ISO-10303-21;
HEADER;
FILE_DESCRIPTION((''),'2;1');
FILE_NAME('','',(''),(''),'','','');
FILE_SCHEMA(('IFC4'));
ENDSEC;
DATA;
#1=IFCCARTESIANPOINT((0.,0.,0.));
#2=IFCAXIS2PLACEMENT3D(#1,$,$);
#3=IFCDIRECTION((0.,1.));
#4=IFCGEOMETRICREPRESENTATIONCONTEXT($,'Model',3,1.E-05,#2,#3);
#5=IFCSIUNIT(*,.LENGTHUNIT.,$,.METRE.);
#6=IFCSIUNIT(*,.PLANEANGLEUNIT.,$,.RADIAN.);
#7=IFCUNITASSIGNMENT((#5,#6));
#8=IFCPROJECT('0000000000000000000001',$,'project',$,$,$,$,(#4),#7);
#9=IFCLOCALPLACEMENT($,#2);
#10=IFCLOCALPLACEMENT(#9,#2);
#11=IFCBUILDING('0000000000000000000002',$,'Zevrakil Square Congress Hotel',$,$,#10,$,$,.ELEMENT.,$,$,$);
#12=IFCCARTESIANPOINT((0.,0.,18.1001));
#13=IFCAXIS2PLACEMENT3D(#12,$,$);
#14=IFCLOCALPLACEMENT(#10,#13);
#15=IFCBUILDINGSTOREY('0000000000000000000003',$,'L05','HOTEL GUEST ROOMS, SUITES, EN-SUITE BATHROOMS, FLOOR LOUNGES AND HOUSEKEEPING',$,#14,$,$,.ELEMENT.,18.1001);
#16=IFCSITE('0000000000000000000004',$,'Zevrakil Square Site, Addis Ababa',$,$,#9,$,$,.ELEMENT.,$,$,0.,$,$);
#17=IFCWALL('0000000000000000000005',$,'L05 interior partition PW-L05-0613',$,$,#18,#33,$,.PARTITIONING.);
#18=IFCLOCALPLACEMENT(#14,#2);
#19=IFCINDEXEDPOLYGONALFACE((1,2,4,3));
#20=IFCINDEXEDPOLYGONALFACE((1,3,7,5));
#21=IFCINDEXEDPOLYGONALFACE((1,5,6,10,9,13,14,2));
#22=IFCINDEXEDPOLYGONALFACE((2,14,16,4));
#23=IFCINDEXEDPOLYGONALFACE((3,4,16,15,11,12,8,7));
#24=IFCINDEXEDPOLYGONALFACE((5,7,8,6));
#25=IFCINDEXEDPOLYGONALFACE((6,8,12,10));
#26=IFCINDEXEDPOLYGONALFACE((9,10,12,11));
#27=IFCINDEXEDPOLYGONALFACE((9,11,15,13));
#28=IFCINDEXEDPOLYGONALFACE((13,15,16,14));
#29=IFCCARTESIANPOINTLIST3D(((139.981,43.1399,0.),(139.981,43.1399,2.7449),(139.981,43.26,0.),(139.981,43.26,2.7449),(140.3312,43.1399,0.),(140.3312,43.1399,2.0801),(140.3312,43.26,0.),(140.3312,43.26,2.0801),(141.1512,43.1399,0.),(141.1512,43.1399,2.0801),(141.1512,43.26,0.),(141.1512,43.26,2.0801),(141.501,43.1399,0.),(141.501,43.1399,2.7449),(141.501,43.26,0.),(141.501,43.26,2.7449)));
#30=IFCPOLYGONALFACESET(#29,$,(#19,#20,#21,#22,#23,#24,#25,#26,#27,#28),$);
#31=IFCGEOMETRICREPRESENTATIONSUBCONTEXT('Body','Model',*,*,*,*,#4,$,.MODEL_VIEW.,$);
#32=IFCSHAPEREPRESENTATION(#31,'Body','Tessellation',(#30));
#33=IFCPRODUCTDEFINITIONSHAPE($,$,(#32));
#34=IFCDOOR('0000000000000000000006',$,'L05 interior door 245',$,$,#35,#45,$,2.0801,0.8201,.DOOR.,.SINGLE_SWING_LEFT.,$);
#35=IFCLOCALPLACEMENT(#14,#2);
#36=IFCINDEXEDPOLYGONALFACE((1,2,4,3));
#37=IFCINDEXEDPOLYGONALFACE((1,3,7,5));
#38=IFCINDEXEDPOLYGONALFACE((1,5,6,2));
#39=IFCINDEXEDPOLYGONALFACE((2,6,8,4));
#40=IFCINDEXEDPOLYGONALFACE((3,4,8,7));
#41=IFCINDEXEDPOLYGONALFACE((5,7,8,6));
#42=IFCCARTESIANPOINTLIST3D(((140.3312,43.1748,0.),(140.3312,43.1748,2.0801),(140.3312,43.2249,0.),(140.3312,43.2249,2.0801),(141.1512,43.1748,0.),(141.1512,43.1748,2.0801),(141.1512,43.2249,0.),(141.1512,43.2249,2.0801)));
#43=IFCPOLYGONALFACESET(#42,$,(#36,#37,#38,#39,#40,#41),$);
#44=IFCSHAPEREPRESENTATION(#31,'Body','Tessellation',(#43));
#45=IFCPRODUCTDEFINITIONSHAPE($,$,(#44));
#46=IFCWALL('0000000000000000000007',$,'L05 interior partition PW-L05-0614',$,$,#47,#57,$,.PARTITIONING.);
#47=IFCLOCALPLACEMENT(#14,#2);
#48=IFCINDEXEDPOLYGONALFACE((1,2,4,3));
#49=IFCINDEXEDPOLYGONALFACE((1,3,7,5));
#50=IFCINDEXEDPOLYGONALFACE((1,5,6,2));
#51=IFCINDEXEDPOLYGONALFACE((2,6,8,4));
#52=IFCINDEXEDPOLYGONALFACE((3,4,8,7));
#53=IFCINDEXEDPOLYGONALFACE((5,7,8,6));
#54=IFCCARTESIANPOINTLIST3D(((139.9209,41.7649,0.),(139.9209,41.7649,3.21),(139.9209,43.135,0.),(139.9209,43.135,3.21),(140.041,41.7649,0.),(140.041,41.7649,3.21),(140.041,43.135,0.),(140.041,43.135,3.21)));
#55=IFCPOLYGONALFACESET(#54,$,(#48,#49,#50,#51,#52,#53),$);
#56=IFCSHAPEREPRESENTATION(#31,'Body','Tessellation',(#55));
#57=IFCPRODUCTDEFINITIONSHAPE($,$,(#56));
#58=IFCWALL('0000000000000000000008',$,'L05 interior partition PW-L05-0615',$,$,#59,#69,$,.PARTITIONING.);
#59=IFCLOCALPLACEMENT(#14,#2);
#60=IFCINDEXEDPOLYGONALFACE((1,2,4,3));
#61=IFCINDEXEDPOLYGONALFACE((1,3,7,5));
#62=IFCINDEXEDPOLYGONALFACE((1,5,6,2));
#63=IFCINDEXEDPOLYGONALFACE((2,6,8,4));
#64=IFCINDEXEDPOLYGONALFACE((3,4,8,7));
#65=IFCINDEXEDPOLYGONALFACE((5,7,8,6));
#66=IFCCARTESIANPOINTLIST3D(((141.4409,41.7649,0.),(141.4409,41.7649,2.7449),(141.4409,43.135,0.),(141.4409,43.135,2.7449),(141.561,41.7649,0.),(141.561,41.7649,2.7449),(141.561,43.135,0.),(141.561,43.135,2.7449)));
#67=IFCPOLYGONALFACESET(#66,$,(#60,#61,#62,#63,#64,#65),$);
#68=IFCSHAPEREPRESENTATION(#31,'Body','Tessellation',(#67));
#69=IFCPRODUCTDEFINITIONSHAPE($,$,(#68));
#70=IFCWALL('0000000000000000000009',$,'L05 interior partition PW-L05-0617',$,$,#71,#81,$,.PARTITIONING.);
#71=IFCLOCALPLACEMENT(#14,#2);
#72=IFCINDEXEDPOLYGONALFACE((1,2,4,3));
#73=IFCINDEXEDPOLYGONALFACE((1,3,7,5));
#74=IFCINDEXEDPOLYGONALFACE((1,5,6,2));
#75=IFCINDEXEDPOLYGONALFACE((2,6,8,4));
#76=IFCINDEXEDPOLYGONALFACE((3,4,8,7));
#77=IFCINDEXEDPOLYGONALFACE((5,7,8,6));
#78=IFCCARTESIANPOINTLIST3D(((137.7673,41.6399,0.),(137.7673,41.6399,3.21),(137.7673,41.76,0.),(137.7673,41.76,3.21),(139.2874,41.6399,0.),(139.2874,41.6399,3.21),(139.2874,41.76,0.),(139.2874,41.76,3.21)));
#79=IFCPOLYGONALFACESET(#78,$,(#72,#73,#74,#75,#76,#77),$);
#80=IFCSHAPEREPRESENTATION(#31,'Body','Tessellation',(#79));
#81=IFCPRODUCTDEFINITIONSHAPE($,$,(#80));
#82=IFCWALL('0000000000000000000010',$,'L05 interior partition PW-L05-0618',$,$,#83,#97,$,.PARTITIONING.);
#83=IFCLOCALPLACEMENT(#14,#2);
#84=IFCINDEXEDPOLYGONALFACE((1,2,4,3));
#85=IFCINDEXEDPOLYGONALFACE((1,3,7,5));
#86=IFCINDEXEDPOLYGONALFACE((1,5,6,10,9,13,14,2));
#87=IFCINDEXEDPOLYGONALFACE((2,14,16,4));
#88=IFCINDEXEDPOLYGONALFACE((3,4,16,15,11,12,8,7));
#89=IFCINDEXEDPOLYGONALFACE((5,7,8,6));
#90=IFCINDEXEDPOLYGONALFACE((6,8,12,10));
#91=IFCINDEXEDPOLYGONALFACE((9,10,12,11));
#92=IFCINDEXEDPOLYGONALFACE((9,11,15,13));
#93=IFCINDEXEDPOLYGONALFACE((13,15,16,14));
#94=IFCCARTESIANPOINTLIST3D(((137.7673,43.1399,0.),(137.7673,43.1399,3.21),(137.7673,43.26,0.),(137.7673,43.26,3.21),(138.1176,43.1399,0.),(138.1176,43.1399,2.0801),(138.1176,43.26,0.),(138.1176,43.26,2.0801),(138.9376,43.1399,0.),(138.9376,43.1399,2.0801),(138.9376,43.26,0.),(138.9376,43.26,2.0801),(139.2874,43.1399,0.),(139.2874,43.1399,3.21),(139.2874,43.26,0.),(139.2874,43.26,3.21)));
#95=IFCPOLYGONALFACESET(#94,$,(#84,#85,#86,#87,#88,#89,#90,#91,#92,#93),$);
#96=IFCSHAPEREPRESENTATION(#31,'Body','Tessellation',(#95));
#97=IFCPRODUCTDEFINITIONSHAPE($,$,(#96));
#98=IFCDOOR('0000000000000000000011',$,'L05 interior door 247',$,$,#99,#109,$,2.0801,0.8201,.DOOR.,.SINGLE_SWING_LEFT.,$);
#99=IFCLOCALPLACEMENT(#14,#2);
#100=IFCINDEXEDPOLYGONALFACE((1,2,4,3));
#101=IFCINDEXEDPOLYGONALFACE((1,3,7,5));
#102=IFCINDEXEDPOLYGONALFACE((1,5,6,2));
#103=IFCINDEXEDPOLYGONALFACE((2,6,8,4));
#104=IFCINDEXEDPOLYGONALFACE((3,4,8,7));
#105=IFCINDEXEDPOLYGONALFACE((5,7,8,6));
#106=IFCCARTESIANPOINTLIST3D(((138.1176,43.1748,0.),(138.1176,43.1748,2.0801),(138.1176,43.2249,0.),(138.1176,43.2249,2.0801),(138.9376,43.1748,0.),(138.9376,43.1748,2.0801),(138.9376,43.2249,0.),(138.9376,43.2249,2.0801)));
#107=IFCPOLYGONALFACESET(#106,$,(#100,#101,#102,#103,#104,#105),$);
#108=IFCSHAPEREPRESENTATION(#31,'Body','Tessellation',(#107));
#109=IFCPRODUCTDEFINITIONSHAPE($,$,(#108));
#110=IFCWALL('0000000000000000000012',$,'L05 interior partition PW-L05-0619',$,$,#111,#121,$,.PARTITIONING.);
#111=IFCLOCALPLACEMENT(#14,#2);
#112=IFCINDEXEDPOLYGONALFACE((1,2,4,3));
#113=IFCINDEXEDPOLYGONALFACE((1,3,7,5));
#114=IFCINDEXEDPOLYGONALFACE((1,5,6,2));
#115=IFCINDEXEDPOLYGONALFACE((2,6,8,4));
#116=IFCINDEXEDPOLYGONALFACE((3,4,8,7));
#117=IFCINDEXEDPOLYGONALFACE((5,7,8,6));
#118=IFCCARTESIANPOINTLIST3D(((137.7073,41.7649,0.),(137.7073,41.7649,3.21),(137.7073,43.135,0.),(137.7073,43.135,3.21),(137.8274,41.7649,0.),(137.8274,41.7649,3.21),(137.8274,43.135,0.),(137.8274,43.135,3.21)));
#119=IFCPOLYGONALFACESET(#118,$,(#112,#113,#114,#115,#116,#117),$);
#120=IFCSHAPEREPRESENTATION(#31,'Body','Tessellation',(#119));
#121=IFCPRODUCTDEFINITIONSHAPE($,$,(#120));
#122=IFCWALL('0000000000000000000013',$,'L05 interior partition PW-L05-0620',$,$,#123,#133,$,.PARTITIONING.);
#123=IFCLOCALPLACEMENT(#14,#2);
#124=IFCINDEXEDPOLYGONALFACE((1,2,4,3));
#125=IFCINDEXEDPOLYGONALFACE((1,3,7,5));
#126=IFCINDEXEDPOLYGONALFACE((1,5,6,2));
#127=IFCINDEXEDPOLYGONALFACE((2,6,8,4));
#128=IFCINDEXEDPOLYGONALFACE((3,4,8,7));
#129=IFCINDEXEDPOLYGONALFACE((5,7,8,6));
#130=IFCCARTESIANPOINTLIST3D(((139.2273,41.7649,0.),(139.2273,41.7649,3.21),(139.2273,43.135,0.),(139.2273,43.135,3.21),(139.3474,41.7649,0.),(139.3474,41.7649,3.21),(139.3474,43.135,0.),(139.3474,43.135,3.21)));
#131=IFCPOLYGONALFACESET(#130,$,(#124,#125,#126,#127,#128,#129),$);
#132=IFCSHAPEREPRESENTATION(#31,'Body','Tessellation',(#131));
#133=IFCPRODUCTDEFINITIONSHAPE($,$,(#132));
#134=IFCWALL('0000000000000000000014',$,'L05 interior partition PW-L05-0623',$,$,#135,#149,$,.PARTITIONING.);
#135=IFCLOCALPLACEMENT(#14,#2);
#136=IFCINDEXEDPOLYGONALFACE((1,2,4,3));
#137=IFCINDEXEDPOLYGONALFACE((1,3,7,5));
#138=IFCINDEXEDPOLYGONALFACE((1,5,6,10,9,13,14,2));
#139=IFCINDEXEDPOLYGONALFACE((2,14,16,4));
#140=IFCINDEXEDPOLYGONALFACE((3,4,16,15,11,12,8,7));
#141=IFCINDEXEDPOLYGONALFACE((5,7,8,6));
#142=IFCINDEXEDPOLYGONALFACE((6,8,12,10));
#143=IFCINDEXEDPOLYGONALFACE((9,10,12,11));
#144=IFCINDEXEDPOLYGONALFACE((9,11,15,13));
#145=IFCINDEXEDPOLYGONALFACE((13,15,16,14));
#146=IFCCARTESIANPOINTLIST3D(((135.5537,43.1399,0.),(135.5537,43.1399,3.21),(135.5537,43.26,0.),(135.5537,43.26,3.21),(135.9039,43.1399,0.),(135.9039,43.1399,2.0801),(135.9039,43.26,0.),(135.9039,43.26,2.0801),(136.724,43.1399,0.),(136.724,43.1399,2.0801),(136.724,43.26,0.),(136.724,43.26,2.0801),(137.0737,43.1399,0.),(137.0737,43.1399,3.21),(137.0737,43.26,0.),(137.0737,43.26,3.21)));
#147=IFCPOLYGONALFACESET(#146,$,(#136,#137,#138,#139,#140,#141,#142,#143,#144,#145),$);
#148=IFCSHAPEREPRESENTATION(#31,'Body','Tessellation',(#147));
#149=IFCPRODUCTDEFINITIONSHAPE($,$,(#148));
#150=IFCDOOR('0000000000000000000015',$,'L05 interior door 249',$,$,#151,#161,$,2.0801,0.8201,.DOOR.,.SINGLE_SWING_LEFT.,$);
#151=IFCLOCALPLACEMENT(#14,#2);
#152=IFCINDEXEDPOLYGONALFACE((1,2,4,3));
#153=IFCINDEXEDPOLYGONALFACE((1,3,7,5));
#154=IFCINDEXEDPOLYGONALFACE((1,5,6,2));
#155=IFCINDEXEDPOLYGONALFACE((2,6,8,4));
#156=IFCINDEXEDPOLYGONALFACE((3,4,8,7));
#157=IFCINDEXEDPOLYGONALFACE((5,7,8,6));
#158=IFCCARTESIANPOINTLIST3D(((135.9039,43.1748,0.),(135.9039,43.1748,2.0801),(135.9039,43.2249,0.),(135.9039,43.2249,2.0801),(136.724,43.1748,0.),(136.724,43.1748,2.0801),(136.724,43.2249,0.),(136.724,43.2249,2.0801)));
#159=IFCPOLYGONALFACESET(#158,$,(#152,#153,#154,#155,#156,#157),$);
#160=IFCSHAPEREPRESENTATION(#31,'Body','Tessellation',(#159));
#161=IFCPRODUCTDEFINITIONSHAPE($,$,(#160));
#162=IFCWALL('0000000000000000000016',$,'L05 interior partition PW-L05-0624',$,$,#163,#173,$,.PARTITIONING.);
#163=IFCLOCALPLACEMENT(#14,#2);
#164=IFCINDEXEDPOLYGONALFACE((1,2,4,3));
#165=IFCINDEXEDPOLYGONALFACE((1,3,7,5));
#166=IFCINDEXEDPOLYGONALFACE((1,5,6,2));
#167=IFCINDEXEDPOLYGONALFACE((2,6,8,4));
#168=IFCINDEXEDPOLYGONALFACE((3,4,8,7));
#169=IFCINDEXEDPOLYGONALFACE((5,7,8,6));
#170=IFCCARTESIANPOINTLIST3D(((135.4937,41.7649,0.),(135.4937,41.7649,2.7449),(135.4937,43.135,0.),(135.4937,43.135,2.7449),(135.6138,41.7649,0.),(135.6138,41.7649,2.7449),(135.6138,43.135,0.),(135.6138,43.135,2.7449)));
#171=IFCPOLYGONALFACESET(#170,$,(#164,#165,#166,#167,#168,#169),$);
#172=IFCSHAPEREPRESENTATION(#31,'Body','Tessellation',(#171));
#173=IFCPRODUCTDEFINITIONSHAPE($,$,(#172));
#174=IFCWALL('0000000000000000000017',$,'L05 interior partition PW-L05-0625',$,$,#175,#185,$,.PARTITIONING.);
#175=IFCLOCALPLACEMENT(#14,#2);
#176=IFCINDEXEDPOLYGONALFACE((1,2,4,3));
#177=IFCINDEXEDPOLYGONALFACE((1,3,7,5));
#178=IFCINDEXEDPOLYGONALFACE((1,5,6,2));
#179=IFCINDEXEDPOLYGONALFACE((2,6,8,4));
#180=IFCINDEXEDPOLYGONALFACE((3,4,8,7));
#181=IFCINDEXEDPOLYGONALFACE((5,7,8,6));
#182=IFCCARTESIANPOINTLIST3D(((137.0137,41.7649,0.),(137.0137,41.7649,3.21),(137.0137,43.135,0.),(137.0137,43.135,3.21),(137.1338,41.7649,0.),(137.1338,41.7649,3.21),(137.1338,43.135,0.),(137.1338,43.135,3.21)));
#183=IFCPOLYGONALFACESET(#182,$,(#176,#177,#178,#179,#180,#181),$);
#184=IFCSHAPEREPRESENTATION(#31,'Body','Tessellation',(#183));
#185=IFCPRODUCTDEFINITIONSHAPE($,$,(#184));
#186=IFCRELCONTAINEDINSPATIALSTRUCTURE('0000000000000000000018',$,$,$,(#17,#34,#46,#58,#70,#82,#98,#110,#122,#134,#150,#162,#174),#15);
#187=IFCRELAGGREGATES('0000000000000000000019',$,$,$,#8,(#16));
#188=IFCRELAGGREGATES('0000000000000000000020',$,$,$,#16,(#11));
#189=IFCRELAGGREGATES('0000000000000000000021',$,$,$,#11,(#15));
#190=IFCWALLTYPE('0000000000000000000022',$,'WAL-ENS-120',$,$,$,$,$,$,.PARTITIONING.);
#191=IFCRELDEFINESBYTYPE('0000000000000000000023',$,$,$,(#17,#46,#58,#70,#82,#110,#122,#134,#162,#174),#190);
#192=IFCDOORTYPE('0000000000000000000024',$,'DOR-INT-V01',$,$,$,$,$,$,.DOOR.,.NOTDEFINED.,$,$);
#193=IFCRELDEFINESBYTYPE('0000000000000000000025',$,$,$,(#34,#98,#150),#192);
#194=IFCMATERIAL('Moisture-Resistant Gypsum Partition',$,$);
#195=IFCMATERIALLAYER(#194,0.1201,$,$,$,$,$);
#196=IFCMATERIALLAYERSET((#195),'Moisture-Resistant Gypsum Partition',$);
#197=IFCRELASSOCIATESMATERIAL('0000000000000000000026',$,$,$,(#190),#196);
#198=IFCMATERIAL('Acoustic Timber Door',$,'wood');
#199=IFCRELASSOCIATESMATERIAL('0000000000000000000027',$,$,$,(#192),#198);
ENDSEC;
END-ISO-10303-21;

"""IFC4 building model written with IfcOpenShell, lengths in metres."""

from ifc_helpers import new_model, si_unit, direction, frame, frame_2d, origin, place, context, subcontext, project, spatial, rectangle, extrude, material, layer, layer_set, type_object, element, fill, save


model = new_model("IFC4")

# Units and contexts
model_context = context("Model", 3, precision=1e-05, world=origin(), true_north=direction((0.0, 1.0)))
body_context = subcontext(model_context, "Body", "Model", "MODEL_VIEW")
ifc_project = project(units=[si_unit("LENGTHUNIT", "METRE"), si_unit("PLANEANGLEUNIT", "RADIAN")], contexts=[model_context])

# Site, building, storey
site_placement = place(None, origin())
site = spatial("IfcSite", under=ifc_project, at=site_placement, Name="Zevrakil Square Site, Addis Ababa", CompositionType="ELEMENT", RefElevation=0.0)
building_placement = place(site_placement, origin())
building = spatial("IfcBuilding", under=site, at=building_placement, Name="Zevrakil Square Congress Hotel", CompositionType="ELEMENT")
storey_placement = place(building_placement, frame((0.0, 0.0, 18.1001)))
storey = spatial("IfcBuildingStorey", under=building, at=storey_placement, Name="L05", Description="HOTEL GUEST ROOMS, SUITES, EN-SUITE BATHROOMS, FLOOR LOUNGES AND HOUSEKEEPING", CompositionType="ELEMENT", Elevation=18.1001)

# Shared definitions
ifc_material_1 = material(Name="Moisture-Resistant Gypsum Partition")
ifc_layer_1 = layer(ifc_material_1, 0.1201)
ifc_layer_set_1 = layer_set([ifc_layer_1], Name="Moisture-Resistant Gypsum Partition")
wall_type = type_object("IfcWallType", Name="WAL-ENS-120", PredefinedType="PARTITIONING", material=ifc_layer_set_1)

# Wall, opening, door
wall_1_placement = place(storey_placement, frame((139.981, 43.2, 0.0), z_axis=(0.0, 0.0, 1.0), x_axis=(1.0, 0.0, 0.0)))
wall_1 = element("IfcWall", 1, at=wall_1_placement, inside=storey, type_object=wall_type, Name="L05 interior partition PW-L05-0613", PredefinedType="PARTITIONING", context=body_context, shape_type="SweptSolid", body=[
    extrude(rectangle(XDim=1.52, YDim=0.1201, at=frame_2d((0.76, 0.0))), origin(), (0.0, 0.0, 1.0), 2.7449),
])
opening_1_placement = place(wall_1_placement, frame((0.3501, 0.0, 0.0)))
opening_1 = element("IfcOpeningElement", 2, at=opening_1_placement, cuts=wall_1, PredefinedType="OPENING", context=body_context, shape_type="SweptSolid", body=[
    extrude(rectangle(XDim=0.8201, YDim=2.0801, at=frame_2d((0.4102, 1.04))), frame((0.0, 0.0701, 0.0), z_axis=(0.0, -1.0, 0.0), x_axis=(1.0, 0.0, 0.0)), (0.0, 0.0, 1.0), 0.1401),
])
ifc_material_2 = material(Name="Acoustic Timber Door", Category="wood")
door_type = type_object("IfcDoorType", Name="DOR-INT-V01", OperationType="NOTDEFINED", PredefinedType="DOOR", material=ifc_material_2)
door_1_placement = place(opening_1_placement, origin())
door_1 = element("IfcDoor", 3, at=door_1_placement, inside=storey, type_object=door_type, Name="L05 interior door 245", OperationType="SINGLE_SWING_LEFT", OverallHeight=2.0801, OverallWidth=0.8201, PredefinedType="DOOR", context=body_context, shape_type="SweptSolid", body=[
    extrude(rectangle(XDim=0.8201, YDim=2.0801, at=frame_2d((0.4102, 1.04))), frame((0.0, 0.0249, 0.0), z_axis=(0.0, -1.0, 0.0), x_axis=(1.0, 0.0, 0.0)), (0.0, 0.0, 1.0), 0.05),
])
fill(opening_1, door_1)

# Walls
wall_2_placement = place(storey_placement, frame((139.981, 41.7649, 0.0), z_axis=(0.0, 0.0, 1.0), x_axis=(0.0, 1.0, 0.0)))
element("IfcWall", 4, at=wall_2_placement, inside=storey, type_object=wall_type, Name="L05 interior partition PW-L05-0614", PredefinedType="PARTITIONING", context=body_context, shape_type="SweptSolid", body=[
    extrude(rectangle(XDim=1.3701, YDim=0.1201, at=frame_2d((0.6851, 0.0))), origin(), (0.0, 0.0, 1.0), 3.21),
])
wall_3_placement = place(storey_placement, frame((141.501, 41.7649, 0.0), z_axis=(0.0, 0.0, 1.0), x_axis=(0.0, 1.0, 0.0)))
element("IfcWall", 5, at=wall_3_placement, inside=storey, type_object=wall_type, Name="L05 interior partition PW-L05-0615", PredefinedType="PARTITIONING", context=body_context, shape_type="SweptSolid", body=[
    extrude(rectangle(XDim=1.3701, YDim=0.1201, at=frame_2d((0.6851, 0.0))), origin(), (0.0, 0.0, 1.0), 2.7449),
])
wall_4_placement = place(storey_placement, frame((137.7673, 41.7, 0.0), z_axis=(0.0, 0.0, 1.0), x_axis=(1.0, 0.0, 0.0)))
element("IfcWall", 6, at=wall_4_placement, inside=storey, type_object=wall_type, Name="L05 interior partition PW-L05-0617", PredefinedType="PARTITIONING", context=body_context, shape_type="SweptSolid", body=[
    extrude(rectangle(XDim=1.52, YDim=0.1201, at=frame_2d((0.76, 0.0))), origin(), (0.0, 0.0, 1.0), 3.21),
])

# Wall, opening, door
wall_5_placement = place(storey_placement, frame((137.7673, 43.2, 0.0), z_axis=(0.0, 0.0, 1.0), x_axis=(1.0, 0.0, 0.0)))
wall_5 = element("IfcWall", 7, at=wall_5_placement, inside=storey, type_object=wall_type, Name="L05 interior partition PW-L05-0618", PredefinedType="PARTITIONING", context=body_context, shape_type="SweptSolid", body=[
    extrude(rectangle(XDim=1.52, YDim=0.1201, at=frame_2d((0.76, 0.0))), origin(), (0.0, 0.0, 1.0), 3.21),
])
opening_2_placement = place(wall_5_placement, frame((0.3501, 0.0, 0.0)))
opening_2 = element("IfcOpeningElement", 8, at=opening_2_placement, cuts=wall_5, PredefinedType="OPENING", context=body_context, shape_type="SweptSolid", body=[
    extrude(rectangle(XDim=0.8201, YDim=2.0801, at=frame_2d((0.4102, 1.04))), frame((0.0, 0.0701, 0.0), z_axis=(0.0, -1.0, 0.0), x_axis=(1.0, 0.0, 0.0)), (0.0, 0.0, 1.0), 0.1401),
])
door_2_placement = place(opening_2_placement, origin())
door_2 = element("IfcDoor", 9, at=door_2_placement, inside=storey, type_object=door_type, Name="L05 interior door 247", OperationType="SINGLE_SWING_LEFT", OverallHeight=2.0801, OverallWidth=0.8201, PredefinedType="DOOR", context=body_context, shape_type="SweptSolid", body=[
    extrude(rectangle(XDim=0.8201, YDim=2.0801, at=frame_2d((0.4102, 1.04))), frame((0.0, 0.0249, 0.0), z_axis=(0.0, -1.0, 0.0), x_axis=(1.0, 0.0, 0.0)), (0.0, 0.0, 1.0), 0.05),
])
fill(opening_2, door_2)

# Walls
for number, where, z_axis, x_axis, name in (
    (10, (137.7673, 41.7649, 0.0), (0.0, 0.0, 1.0), (0.0, 1.0, 0.0), "L05 interior partition PW-L05-0619"),
    (11, (139.2874, 41.7649, 0.0), (0.0, 0.0, 1.0), (0.0, 1.0, 0.0), "L05 interior partition PW-L05-0620"),
):
    element("IfcWall", number, at=place(storey_placement, frame(where, z_axis=z_axis, x_axis=x_axis)), inside=storey, type_object=wall_type, Name=name, PredefinedType="PARTITIONING", context=body_context, shape_type="SweptSolid", body=[
        extrude(rectangle(XDim=1.3701, YDim=0.1201, at=frame_2d((0.6851, 0.0))), origin(), (0.0, 0.0, 1.0), 3.21),
    ])

# Wall, opening, door
wall_6_placement = place(storey_placement, frame((135.5537, 43.2, 0.0), z_axis=(0.0, 0.0, 1.0), x_axis=(1.0, 0.0, 0.0)))
wall_6 = element("IfcWall", 12, at=wall_6_placement, inside=storey, type_object=wall_type, Name="L05 interior partition PW-L05-0623", PredefinedType="PARTITIONING", context=body_context, shape_type="SweptSolid", body=[
    extrude(rectangle(XDim=1.52, YDim=0.1201, at=frame_2d((0.76, 0.0))), origin(), (0.0, 0.0, 1.0), 3.21),
])
opening_3_placement = place(wall_6_placement, frame((0.3501, 0.0, 0.0)))
opening_3 = element("IfcOpeningElement", 13, at=opening_3_placement, cuts=wall_6, PredefinedType="OPENING", context=body_context, shape_type="SweptSolid", body=[
    extrude(rectangle(XDim=0.8201, YDim=2.0801, at=frame_2d((0.4102, 1.04))), frame((0.0, 0.0701, 0.0), z_axis=(0.0, -1.0, 0.0), x_axis=(1.0, 0.0, 0.0)), (0.0, 0.0, 1.0), 0.1401),
])
door_3_placement = place(opening_3_placement, origin())
door_3 = element("IfcDoor", 14, at=door_3_placement, inside=storey, type_object=door_type, Name="L05 interior door 249", OperationType="SINGLE_SWING_LEFT", OverallHeight=2.0801, OverallWidth=0.8201, PredefinedType="DOOR", context=body_context, shape_type="SweptSolid", body=[
    extrude(rectangle(XDim=0.8201, YDim=2.0801, at=frame_2d((0.4102, 1.04))), frame((0.0, 0.0249, 0.0), z_axis=(0.0, -1.0, 0.0), x_axis=(1.0, 0.0, 0.0)), (0.0, 0.0, 1.0), 0.05),
])
fill(opening_3, door_3)

# Walls
wall_7_placement = place(storey_placement, frame((135.5537, 41.7649, 0.0), z_axis=(0.0, 0.0, 1.0), x_axis=(0.0, 1.0, 0.0)))
element("IfcWall", 15, at=wall_7_placement, inside=storey, type_object=wall_type, Name="L05 interior partition PW-L05-0624", PredefinedType="PARTITIONING", context=body_context, shape_type="SweptSolid", body=[
    extrude(rectangle(XDim=1.3701, YDim=0.1201, at=frame_2d((0.6851, 0.0))), origin(), (0.0, 0.0, 1.0), 2.7449),
])
wall_8_placement = place(storey_placement, frame((137.0737, 41.7649, 0.0), z_axis=(0.0, 0.0, 1.0), x_axis=(0.0, 1.0, 0.0)))
element("IfcWall", 16, at=wall_8_placement, inside=storey, type_object=wall_type, Name="L05 interior partition PW-L05-0625", PredefinedType="PARTITIONING", context=body_context, shape_type="SweptSolid", body=[
    extrude(rectangle(XDim=1.3701, YDim=0.1201, at=frame_2d((0.6851, 0.0))), origin(), (0.0, 0.0, 1.0), 3.21),
])

save(model, "model.ifc")
